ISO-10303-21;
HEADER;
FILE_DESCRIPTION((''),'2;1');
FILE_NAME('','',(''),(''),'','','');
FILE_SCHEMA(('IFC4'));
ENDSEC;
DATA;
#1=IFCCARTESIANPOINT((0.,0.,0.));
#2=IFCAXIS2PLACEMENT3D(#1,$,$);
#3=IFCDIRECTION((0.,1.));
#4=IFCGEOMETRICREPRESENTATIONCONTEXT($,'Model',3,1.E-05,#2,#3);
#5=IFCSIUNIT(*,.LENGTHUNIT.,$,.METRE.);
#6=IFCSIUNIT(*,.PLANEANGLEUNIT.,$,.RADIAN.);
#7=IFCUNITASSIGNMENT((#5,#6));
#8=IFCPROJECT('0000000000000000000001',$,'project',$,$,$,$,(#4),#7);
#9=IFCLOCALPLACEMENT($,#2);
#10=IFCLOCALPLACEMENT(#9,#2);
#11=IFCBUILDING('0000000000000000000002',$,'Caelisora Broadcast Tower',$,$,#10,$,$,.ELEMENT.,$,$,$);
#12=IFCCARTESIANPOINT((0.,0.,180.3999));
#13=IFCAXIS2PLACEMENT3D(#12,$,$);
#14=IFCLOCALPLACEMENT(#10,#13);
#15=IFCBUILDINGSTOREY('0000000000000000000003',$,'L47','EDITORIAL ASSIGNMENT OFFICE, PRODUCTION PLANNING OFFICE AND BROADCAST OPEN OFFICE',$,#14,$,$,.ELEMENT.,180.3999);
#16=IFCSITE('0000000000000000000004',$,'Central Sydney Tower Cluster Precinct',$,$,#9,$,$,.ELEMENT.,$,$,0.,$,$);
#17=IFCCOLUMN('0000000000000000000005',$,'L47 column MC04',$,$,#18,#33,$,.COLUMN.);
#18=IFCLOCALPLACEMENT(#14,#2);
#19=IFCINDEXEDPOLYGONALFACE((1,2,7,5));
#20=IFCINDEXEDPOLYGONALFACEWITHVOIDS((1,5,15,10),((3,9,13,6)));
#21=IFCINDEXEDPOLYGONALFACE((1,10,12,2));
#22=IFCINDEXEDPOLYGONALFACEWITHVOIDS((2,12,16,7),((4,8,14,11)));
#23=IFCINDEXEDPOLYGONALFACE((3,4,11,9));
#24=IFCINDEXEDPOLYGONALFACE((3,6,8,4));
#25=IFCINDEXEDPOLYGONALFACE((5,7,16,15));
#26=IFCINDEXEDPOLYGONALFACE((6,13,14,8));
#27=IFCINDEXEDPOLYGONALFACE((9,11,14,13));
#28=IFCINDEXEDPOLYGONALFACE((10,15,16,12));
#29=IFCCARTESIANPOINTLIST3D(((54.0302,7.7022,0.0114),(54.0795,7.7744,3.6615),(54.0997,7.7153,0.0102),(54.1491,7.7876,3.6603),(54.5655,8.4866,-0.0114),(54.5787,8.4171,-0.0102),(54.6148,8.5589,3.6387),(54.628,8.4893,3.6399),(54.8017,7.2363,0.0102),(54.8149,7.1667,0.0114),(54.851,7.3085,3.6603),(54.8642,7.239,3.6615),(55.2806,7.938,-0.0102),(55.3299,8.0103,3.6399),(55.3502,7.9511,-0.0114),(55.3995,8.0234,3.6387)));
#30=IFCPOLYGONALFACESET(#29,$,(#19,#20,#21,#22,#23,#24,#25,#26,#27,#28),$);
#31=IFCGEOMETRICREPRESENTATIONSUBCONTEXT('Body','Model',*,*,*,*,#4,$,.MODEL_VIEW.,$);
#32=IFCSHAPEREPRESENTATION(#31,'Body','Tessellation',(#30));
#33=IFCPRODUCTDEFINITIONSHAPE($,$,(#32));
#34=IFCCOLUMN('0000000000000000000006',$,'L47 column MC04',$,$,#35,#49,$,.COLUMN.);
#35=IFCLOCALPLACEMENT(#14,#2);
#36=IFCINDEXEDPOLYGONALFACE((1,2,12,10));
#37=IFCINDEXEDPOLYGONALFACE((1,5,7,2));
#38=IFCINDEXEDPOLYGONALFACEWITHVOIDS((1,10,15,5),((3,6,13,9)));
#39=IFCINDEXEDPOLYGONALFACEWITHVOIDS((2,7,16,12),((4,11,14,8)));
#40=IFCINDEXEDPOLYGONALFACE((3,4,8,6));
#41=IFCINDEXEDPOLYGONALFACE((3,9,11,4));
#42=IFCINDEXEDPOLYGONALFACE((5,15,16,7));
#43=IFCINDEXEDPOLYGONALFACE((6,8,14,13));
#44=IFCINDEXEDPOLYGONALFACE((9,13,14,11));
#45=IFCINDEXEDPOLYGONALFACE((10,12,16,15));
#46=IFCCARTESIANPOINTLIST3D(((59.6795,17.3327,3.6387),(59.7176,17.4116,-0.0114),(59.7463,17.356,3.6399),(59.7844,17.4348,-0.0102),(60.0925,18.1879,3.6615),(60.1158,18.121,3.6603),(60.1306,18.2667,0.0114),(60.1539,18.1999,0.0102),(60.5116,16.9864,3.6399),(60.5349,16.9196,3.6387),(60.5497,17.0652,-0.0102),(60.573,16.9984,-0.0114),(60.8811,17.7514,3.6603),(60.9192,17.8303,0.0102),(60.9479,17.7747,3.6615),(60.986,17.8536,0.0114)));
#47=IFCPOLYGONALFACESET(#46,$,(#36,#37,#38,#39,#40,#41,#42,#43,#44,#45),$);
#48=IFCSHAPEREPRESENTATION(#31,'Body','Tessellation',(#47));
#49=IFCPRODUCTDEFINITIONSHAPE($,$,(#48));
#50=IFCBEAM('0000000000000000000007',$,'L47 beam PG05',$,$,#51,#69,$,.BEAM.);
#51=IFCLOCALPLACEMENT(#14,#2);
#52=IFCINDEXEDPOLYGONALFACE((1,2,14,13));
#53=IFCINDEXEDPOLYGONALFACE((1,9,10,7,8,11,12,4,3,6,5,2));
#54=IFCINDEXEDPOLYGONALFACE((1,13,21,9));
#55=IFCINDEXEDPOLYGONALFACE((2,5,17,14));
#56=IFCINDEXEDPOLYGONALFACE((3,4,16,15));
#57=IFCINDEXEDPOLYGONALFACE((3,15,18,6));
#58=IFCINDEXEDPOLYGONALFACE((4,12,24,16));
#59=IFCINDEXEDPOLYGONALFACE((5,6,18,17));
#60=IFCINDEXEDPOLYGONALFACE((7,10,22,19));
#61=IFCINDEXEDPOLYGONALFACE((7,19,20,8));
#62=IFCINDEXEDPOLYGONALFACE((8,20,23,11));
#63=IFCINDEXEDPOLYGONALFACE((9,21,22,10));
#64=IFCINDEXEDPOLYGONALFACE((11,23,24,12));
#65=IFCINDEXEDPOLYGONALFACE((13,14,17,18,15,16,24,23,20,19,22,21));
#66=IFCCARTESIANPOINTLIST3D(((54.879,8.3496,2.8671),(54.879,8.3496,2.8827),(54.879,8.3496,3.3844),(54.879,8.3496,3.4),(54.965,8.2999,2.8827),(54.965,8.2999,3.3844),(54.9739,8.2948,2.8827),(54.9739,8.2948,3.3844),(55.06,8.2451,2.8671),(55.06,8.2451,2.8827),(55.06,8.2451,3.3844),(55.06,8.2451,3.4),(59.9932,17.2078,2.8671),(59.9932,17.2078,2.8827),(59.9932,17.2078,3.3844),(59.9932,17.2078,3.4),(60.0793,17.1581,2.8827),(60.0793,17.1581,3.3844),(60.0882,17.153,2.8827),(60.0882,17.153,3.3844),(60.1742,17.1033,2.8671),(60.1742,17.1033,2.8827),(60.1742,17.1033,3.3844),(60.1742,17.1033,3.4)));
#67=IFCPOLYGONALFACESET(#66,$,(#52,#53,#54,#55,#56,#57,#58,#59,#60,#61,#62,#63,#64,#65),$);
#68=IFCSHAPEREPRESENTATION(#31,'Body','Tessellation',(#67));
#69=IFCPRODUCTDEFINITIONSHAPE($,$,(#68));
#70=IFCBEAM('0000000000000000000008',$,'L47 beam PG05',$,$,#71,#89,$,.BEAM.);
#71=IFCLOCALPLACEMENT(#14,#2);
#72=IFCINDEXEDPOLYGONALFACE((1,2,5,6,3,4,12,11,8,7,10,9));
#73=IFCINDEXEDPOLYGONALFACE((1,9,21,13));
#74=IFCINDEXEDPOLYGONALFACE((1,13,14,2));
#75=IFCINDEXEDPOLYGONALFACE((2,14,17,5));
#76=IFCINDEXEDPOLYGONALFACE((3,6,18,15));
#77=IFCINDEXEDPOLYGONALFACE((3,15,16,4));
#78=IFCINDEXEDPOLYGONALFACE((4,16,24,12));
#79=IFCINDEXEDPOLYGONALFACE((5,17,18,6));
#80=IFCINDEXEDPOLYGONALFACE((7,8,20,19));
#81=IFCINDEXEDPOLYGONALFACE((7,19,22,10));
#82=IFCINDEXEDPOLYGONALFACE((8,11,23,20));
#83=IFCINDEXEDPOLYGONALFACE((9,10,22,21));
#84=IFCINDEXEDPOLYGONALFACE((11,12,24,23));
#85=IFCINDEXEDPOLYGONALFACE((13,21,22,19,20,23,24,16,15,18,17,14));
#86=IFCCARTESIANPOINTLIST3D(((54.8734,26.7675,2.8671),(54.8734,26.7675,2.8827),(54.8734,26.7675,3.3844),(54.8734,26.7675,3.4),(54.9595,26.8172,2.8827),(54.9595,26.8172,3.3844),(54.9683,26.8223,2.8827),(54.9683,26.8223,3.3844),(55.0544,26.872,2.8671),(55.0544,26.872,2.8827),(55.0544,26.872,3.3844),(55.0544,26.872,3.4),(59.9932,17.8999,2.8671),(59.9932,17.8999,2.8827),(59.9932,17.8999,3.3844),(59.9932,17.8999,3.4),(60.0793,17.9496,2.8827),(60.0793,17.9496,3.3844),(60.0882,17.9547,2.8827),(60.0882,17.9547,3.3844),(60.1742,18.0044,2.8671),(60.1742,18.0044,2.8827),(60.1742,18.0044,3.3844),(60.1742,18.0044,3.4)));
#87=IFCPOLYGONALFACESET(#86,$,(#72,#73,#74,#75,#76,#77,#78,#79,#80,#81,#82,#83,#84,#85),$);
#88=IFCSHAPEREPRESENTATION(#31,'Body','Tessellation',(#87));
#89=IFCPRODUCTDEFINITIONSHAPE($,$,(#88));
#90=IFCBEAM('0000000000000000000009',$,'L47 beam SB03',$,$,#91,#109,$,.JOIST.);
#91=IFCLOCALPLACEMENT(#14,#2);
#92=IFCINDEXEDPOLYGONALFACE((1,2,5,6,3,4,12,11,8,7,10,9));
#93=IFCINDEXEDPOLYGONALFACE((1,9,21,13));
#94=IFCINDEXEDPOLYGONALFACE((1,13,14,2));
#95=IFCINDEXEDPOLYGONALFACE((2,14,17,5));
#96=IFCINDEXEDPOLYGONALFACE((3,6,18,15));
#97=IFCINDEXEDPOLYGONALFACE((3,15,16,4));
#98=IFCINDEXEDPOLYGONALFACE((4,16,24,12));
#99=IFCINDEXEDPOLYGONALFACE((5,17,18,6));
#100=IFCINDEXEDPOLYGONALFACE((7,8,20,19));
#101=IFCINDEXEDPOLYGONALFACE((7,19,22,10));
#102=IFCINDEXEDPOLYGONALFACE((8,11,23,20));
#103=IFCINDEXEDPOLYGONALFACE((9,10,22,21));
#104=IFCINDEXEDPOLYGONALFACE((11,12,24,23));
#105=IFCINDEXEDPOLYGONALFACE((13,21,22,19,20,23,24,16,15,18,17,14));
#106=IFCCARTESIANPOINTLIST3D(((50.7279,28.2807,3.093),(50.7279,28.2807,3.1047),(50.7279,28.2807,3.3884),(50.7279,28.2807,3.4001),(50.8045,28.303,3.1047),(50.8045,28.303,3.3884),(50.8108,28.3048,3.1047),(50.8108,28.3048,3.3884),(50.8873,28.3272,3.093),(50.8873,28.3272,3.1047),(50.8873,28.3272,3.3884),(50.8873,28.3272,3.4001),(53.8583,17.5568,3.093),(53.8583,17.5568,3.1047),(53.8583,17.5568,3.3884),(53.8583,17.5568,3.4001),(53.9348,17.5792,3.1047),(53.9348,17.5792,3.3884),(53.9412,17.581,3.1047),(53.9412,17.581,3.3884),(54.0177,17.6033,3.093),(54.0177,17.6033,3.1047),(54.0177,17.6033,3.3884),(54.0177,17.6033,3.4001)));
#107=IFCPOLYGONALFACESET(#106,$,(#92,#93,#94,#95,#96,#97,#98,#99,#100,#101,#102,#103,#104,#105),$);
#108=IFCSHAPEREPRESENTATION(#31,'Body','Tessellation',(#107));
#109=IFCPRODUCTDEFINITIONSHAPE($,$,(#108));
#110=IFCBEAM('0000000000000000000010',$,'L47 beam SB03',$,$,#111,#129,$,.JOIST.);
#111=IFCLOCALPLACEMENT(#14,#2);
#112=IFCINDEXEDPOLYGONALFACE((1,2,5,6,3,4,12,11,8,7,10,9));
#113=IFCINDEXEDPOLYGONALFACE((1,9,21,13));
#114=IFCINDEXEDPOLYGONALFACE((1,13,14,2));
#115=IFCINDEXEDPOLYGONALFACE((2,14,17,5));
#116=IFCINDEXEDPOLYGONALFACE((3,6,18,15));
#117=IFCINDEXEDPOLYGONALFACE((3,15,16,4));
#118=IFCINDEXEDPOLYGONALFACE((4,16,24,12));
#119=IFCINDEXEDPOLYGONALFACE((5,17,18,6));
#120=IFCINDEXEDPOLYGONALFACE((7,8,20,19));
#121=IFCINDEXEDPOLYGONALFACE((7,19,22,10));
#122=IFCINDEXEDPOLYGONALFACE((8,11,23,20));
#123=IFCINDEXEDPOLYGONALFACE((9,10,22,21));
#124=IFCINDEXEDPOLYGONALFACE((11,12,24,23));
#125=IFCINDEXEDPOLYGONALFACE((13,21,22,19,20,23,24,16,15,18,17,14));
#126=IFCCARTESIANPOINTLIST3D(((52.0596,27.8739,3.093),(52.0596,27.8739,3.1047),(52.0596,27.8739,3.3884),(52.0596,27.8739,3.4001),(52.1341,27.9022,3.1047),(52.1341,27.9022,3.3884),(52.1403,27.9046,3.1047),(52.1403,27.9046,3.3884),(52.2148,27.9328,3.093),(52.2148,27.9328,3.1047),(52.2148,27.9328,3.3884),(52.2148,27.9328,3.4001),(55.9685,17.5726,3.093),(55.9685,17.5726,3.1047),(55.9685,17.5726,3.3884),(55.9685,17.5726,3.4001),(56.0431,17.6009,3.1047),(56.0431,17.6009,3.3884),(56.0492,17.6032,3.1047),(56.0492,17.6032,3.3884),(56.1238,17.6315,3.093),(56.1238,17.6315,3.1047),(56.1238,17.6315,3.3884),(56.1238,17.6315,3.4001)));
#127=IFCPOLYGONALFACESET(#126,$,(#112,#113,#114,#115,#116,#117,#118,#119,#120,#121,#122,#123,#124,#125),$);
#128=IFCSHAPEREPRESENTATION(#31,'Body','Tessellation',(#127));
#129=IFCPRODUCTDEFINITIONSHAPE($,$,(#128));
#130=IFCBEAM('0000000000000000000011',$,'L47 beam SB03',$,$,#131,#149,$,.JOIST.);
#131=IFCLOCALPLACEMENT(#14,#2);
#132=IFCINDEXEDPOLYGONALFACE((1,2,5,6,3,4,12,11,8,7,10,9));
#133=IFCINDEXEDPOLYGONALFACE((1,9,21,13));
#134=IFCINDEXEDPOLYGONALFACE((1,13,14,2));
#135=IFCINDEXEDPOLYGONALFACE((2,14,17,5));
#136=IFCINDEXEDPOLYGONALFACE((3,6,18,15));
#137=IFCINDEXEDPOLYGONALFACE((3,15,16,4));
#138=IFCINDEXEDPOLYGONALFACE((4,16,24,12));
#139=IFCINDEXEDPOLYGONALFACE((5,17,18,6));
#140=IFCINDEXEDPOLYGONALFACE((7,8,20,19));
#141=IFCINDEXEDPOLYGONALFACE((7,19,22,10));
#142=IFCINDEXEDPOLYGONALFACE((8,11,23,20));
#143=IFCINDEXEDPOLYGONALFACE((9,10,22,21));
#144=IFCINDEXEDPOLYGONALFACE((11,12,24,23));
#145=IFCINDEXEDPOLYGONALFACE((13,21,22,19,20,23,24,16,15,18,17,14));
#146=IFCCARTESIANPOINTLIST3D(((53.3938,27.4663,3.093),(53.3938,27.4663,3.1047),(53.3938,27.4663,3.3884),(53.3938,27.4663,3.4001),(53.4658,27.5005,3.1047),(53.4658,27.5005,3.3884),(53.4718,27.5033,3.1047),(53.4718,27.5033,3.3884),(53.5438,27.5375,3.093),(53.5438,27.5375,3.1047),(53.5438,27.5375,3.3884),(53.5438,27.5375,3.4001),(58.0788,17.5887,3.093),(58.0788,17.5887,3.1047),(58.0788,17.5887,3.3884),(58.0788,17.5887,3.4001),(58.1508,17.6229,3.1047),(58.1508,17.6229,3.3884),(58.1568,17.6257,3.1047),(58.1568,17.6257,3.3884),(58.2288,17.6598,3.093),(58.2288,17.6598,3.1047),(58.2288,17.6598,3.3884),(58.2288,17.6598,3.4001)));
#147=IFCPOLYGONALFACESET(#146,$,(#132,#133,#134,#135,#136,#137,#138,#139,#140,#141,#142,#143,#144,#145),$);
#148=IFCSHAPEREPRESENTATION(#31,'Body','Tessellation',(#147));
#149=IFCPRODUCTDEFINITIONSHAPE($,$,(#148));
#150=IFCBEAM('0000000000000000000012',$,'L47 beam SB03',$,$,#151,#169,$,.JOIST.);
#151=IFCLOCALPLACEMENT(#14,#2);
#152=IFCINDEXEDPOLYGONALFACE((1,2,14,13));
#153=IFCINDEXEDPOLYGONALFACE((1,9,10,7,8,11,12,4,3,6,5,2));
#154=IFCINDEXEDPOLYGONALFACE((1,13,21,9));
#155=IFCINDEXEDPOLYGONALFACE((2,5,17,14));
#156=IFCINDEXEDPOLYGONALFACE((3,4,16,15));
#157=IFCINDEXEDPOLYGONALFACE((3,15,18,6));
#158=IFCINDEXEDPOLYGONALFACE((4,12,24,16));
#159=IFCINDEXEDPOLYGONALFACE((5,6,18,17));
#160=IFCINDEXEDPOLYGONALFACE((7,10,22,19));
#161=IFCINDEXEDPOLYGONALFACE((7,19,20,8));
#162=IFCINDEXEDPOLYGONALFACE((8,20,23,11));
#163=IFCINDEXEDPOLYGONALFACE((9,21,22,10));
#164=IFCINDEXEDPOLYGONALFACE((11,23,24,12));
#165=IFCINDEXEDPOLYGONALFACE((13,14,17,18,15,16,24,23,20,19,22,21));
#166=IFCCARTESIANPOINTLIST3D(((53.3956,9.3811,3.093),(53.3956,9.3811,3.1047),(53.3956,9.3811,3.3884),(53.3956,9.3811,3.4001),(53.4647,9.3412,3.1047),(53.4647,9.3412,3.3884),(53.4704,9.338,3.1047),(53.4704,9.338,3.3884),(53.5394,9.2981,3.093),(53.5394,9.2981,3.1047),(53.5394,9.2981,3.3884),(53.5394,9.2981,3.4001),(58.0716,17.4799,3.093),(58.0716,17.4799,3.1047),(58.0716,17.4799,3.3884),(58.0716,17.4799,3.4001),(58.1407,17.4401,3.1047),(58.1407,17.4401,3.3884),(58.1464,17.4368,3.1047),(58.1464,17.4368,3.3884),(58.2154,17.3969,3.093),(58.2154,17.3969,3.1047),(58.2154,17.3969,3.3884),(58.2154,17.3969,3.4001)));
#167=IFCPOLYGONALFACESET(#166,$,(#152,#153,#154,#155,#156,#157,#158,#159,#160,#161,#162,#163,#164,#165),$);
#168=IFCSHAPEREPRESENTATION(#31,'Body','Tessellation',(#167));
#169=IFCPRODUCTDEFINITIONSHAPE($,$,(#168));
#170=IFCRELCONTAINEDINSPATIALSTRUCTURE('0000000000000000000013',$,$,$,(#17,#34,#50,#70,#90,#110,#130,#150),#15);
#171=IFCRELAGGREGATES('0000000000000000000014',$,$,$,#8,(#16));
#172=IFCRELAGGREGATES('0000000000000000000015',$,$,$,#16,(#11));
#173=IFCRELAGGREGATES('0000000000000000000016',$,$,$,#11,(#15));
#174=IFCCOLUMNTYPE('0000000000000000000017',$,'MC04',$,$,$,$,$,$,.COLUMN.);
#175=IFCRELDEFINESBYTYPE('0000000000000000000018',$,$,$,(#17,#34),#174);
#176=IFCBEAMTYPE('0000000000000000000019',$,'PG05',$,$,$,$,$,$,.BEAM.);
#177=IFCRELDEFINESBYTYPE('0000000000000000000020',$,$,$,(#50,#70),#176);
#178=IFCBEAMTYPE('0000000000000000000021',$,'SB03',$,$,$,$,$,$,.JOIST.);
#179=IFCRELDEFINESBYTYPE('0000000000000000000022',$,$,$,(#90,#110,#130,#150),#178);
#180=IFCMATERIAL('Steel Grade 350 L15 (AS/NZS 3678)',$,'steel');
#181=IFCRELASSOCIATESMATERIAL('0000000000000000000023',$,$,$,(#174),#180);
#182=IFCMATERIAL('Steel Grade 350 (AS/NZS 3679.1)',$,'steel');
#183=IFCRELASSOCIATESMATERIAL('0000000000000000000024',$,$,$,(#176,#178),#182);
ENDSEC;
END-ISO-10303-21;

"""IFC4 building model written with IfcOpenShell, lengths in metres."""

from ifc_helpers import new_model, si_unit, direction, frame, origin, origin_2d, place, context, subcontext, project, spatial, hollow_rectangle, i_section, extrude, source, transform, mapped, material, material_profile, profile_set, type_object, type_shapes, element, save


model = new_model("IFC4")

# Units and contexts
model_context = context("Model", 3, precision=1e-05, world=origin(), true_north=direction((0.0, 1.0)))
body_context = subcontext(model_context, "Body", "Model", "MODEL_VIEW")
ifc_project = project(units=[si_unit("LENGTHUNIT", "METRE"), si_unit("PLANEANGLEUNIT", "RADIAN")], contexts=[model_context])

# Site, building, storey
site_placement = place(None, origin())
site = spatial("IfcSite", under=ifc_project, at=site_placement, Name="Central Sydney Tower Cluster Precinct", CompositionType="ELEMENT", RefElevation=0.0)
building_placement = place(site_placement, origin())
building = spatial("IfcBuilding", under=site, at=building_placement, Name="Caelisora Broadcast Tower", CompositionType="ELEMENT")
storey_placement = place(building_placement, frame((0.0, 0.0, 180.3999)))
storey = spatial("IfcBuildingStorey", under=building, at=storey_placement, Name="L47", Description="EDITORIAL ASSIGNMENT OFFICE, PRODUCTION PLANNING OFFICE AND BROADCAST OPEN OFFICE", CompositionType="ELEMENT", Elevation=180.3999)

# Columns
ifc_material_1 = material(Name="Steel Grade 350 L15 (AS/NZS 3678)", Category="steel")
ifc_material_profile_1 = material_profile(ifc_material_1, hollow_rectangle(XDim=0.95, YDim=0.95, WallThickness=0.05, at=origin_2d()), Name="Steel Grade 350 L15 (AS/NZS 3678)")
ifc_profile_set_1 = profile_set([ifc_material_profile_1], Name="Steel Grade 350 L15 (AS/NZS 3678)")
column_type = type_object("IfcColumnType", Name="MC04", PredefinedType="COLUMN", material=ifc_profile_set_1)
shared_shape_1 = source(origin(), body_context, "Body", "SweptSolid", [
    extrude(hollow_rectangle(XDim=0.95, YDim=0.95, WallThickness=0.05, at=origin_2d()), origin(), (0.0, 0.0, 1.0), 3.6511),
])
type_shapes(column_type, [shared_shape_1])
for number, where, z_axis, x_axis, name in (
    (1, (54.6902, 7.8267, 0.0), (0.013507, 0.019792, 0.999713), (-0.825991, 0.563683, 0.0), "L47 column MC04"),
    (2, (60.3518, 17.6326, 0.0), (-0.010431, -0.021598, 0.999712), (0.900476, -0.434905, 0.0), "L47 column MC04"),
):
    element("IfcColumn", number, at=place(storey_placement, frame(where, z_axis=z_axis, x_axis=x_axis)), inside=storey, type_object=column_type, Name=name, PredefinedType="COLUMN", context=body_context, shape_type="MappedRepresentation", body=[
        mapped(shared_shape_1, transform((0.0, 0.0, 0.0), scale=1.0)),
    ])

# Beams
ifc_material_2 = material(Name="Steel Grade 350 (AS/NZS 3679.1)", Category="steel")
ifc_material_profile_2 = material_profile(ifc_material_2, i_section(OverallWidth=0.209, OverallDepth=0.533, WebThickness=0.0103, FlangeThickness=0.0156, at=origin_2d()), Name="Steel Grade 350 (AS/NZS 3679.1)")
ifc_profile_set_2 = profile_set([ifc_material_profile_2], Name="Steel Grade 350 (AS/NZS 3679.1)")
beam_type_1 = type_object("IfcBeamType", Name="PG05", PredefinedType="BEAM", material=ifc_profile_set_2)
shared_shape_2 = source(origin(), body_context, "Body", "SweptSolid", [
    extrude(i_section(OverallWidth=0.209, OverallDepth=0.533, WebThickness=0.0103, FlangeThickness=0.0156, at=origin_2d()), origin(), (0.0, 0.0, 1.0), 10.2285),
])
beam_1_placement = place(storey_placement, frame((54.9695, 8.2974, 3.1335), z_axis=(0.5, 0.866025, 0.0), x_axis=(-0.866025, 0.5, 0.0)))
element("IfcBeam", 3, at=beam_1_placement, inside=storey, type_object=beam_type_1, Name="L47 beam PG05", PredefinedType="BEAM", context=body_context, shape_type="MappedRepresentation", body=[
    mapped(shared_shape_2, transform((0.0, 0.0, 0.0), scale=1.0)),
])
shared_shape_3 = source(origin(), body_context, "Body", "SweptSolid", [
    extrude(i_section(OverallWidth=0.209, OverallDepth=0.533, WebThickness=0.0103, FlangeThickness=0.0156, at=origin_2d()), origin(), (0.0, 0.0, 1.0), 10.2395),
])
type_shapes(beam_type_1, [shared_shape_2, shared_shape_3])
beam_2_placement = place(storey_placement, frame((60.0837, 17.9521, 3.1335), z_axis=(-0.500009, 0.86602, 0.0), x_axis=(-0.86602, -0.500009, 0.0)))
element("IfcBeam", 4, at=beam_2_placement, inside=storey, type_object=beam_type_1, Name="L47 beam PG05", PredefinedType="BEAM", context=body_context, shape_type="MappedRepresentation", body=[
    mapped(shared_shape_3, transform((0.0, 0.0, 0.0), scale=1.0)),
])
ifc_material_profile_3 = material_profile(ifc_material_2, i_section(OverallWidth=0.166, OverallDepth=0.3071, WebThickness=0.0066, FlangeThickness=0.0117, at=origin_2d()), Name="Steel Grade 350 (AS/NZS 3679.1)")
ifc_profile_set_3 = profile_set([ifc_material_profile_3], Name="Steel Grade 350 (AS/NZS 3679.1)")
beam_type_2 = type_object("IfcBeamType", Name="SB03", PredefinedType="JOIST", material=ifc_profile_set_3)
shared_shape_4 = source(origin(), body_context, "Body", "SweptSolid", [
    extrude(i_section(OverallWidth=0.166, OverallDepth=0.3071, WebThickness=0.0066, FlangeThickness=0.0117, at=origin_2d()), origin(), (0.0, 0.0, 1.0), 11.1714),
])
beam_3_placement = place(storey_placement, frame((53.938, 17.5801, 3.2466), z_axis=(-0.280212, 0.959938, 0.0), x_axis=(-0.959938, -0.280212, 0.0)))
element("IfcBeam", 5, at=beam_3_placement, inside=storey, type_object=beam_type_2, Name="L47 beam SB03", PredefinedType="JOIST", context=body_context, shape_type="MappedRepresentation", body=[
    mapped(shared_shape_4, transform((0.0, 0.0, 0.0), scale=1.0)),
])
shared_shape_5 = source(origin(), body_context, "Body", "SweptSolid", [
    extrude(i_section(OverallWidth=0.166, OverallDepth=0.3071, WebThickness=0.0066, FlangeThickness=0.0117, at=origin_2d()), origin(), (0.0, 0.0, 1.0), 11.0181),
])
beam_4_placement = place(storey_placement, frame((56.0461, 17.6021, 3.2466), z_axis=(-0.354778, 0.934951, 0.0), x_axis=(-0.934951, -0.354778, 0.0)))
element("IfcBeam", 6, at=beam_4_placement, inside=storey, type_object=beam_type_2, Name="L47 beam SB03", PredefinedType="JOIST", context=body_context, shape_type="MappedRepresentation", body=[
    mapped(shared_shape_5, transform((0.0, 0.0, 0.0), scale=1.0)),
])
shared_shape_6 = source(origin(), body_context, "Body", "SweptSolid", [
    extrude(i_section(OverallWidth=0.166, OverallDepth=0.3071, WebThickness=0.0066, FlangeThickness=0.0117, at=origin_2d()), origin(), (0.0, 0.0, 1.0), 10.9324),
])
beam_5_placement = place(storey_placement, frame((58.1538, 17.6243, 3.2466), z_axis=(-0.428546, 0.90352, 0.0), x_axis=(-0.90352, -0.428546, 0.0)))
element("IfcBeam", 7, at=beam_5_placement, inside=storey, type_object=beam_type_2, Name="L47 beam SB03", PredefinedType="JOIST", context=body_context, shape_type="MappedRepresentation", body=[
    mapped(shared_shape_6, transform((0.0, 0.0, 0.0), scale=1.0)),
])
shared_shape_7 = source(origin(), body_context, "Body", "SweptSolid", [
    extrude(i_section(OverallWidth=0.166, OverallDepth=0.3071, WebThickness=0.0066, FlangeThickness=0.0117, at=origin_2d()), origin(), (0.0, 0.0, 1.0), 9.3518),
])
type_shapes(beam_type_2, [shared_shape_4, shared_shape_5, shared_shape_6, shared_shape_7])
beam_6_placement = place(storey_placement, frame((53.4675, 9.3396, 3.2466), z_axis=(0.500011, 0.866019, 0.0), x_axis=(-0.866019, 0.500011, 0.0)))
element("IfcBeam", 8, at=beam_6_placement, inside=storey, type_object=beam_type_2, Name="L47 beam SB03", PredefinedType="JOIST", context=body_context, shape_type="MappedRepresentation", body=[
    mapped(shared_shape_7, transform((0.0, 0.0, 0.0), scale=1.0)),
])

save(model, "model.ifc")
